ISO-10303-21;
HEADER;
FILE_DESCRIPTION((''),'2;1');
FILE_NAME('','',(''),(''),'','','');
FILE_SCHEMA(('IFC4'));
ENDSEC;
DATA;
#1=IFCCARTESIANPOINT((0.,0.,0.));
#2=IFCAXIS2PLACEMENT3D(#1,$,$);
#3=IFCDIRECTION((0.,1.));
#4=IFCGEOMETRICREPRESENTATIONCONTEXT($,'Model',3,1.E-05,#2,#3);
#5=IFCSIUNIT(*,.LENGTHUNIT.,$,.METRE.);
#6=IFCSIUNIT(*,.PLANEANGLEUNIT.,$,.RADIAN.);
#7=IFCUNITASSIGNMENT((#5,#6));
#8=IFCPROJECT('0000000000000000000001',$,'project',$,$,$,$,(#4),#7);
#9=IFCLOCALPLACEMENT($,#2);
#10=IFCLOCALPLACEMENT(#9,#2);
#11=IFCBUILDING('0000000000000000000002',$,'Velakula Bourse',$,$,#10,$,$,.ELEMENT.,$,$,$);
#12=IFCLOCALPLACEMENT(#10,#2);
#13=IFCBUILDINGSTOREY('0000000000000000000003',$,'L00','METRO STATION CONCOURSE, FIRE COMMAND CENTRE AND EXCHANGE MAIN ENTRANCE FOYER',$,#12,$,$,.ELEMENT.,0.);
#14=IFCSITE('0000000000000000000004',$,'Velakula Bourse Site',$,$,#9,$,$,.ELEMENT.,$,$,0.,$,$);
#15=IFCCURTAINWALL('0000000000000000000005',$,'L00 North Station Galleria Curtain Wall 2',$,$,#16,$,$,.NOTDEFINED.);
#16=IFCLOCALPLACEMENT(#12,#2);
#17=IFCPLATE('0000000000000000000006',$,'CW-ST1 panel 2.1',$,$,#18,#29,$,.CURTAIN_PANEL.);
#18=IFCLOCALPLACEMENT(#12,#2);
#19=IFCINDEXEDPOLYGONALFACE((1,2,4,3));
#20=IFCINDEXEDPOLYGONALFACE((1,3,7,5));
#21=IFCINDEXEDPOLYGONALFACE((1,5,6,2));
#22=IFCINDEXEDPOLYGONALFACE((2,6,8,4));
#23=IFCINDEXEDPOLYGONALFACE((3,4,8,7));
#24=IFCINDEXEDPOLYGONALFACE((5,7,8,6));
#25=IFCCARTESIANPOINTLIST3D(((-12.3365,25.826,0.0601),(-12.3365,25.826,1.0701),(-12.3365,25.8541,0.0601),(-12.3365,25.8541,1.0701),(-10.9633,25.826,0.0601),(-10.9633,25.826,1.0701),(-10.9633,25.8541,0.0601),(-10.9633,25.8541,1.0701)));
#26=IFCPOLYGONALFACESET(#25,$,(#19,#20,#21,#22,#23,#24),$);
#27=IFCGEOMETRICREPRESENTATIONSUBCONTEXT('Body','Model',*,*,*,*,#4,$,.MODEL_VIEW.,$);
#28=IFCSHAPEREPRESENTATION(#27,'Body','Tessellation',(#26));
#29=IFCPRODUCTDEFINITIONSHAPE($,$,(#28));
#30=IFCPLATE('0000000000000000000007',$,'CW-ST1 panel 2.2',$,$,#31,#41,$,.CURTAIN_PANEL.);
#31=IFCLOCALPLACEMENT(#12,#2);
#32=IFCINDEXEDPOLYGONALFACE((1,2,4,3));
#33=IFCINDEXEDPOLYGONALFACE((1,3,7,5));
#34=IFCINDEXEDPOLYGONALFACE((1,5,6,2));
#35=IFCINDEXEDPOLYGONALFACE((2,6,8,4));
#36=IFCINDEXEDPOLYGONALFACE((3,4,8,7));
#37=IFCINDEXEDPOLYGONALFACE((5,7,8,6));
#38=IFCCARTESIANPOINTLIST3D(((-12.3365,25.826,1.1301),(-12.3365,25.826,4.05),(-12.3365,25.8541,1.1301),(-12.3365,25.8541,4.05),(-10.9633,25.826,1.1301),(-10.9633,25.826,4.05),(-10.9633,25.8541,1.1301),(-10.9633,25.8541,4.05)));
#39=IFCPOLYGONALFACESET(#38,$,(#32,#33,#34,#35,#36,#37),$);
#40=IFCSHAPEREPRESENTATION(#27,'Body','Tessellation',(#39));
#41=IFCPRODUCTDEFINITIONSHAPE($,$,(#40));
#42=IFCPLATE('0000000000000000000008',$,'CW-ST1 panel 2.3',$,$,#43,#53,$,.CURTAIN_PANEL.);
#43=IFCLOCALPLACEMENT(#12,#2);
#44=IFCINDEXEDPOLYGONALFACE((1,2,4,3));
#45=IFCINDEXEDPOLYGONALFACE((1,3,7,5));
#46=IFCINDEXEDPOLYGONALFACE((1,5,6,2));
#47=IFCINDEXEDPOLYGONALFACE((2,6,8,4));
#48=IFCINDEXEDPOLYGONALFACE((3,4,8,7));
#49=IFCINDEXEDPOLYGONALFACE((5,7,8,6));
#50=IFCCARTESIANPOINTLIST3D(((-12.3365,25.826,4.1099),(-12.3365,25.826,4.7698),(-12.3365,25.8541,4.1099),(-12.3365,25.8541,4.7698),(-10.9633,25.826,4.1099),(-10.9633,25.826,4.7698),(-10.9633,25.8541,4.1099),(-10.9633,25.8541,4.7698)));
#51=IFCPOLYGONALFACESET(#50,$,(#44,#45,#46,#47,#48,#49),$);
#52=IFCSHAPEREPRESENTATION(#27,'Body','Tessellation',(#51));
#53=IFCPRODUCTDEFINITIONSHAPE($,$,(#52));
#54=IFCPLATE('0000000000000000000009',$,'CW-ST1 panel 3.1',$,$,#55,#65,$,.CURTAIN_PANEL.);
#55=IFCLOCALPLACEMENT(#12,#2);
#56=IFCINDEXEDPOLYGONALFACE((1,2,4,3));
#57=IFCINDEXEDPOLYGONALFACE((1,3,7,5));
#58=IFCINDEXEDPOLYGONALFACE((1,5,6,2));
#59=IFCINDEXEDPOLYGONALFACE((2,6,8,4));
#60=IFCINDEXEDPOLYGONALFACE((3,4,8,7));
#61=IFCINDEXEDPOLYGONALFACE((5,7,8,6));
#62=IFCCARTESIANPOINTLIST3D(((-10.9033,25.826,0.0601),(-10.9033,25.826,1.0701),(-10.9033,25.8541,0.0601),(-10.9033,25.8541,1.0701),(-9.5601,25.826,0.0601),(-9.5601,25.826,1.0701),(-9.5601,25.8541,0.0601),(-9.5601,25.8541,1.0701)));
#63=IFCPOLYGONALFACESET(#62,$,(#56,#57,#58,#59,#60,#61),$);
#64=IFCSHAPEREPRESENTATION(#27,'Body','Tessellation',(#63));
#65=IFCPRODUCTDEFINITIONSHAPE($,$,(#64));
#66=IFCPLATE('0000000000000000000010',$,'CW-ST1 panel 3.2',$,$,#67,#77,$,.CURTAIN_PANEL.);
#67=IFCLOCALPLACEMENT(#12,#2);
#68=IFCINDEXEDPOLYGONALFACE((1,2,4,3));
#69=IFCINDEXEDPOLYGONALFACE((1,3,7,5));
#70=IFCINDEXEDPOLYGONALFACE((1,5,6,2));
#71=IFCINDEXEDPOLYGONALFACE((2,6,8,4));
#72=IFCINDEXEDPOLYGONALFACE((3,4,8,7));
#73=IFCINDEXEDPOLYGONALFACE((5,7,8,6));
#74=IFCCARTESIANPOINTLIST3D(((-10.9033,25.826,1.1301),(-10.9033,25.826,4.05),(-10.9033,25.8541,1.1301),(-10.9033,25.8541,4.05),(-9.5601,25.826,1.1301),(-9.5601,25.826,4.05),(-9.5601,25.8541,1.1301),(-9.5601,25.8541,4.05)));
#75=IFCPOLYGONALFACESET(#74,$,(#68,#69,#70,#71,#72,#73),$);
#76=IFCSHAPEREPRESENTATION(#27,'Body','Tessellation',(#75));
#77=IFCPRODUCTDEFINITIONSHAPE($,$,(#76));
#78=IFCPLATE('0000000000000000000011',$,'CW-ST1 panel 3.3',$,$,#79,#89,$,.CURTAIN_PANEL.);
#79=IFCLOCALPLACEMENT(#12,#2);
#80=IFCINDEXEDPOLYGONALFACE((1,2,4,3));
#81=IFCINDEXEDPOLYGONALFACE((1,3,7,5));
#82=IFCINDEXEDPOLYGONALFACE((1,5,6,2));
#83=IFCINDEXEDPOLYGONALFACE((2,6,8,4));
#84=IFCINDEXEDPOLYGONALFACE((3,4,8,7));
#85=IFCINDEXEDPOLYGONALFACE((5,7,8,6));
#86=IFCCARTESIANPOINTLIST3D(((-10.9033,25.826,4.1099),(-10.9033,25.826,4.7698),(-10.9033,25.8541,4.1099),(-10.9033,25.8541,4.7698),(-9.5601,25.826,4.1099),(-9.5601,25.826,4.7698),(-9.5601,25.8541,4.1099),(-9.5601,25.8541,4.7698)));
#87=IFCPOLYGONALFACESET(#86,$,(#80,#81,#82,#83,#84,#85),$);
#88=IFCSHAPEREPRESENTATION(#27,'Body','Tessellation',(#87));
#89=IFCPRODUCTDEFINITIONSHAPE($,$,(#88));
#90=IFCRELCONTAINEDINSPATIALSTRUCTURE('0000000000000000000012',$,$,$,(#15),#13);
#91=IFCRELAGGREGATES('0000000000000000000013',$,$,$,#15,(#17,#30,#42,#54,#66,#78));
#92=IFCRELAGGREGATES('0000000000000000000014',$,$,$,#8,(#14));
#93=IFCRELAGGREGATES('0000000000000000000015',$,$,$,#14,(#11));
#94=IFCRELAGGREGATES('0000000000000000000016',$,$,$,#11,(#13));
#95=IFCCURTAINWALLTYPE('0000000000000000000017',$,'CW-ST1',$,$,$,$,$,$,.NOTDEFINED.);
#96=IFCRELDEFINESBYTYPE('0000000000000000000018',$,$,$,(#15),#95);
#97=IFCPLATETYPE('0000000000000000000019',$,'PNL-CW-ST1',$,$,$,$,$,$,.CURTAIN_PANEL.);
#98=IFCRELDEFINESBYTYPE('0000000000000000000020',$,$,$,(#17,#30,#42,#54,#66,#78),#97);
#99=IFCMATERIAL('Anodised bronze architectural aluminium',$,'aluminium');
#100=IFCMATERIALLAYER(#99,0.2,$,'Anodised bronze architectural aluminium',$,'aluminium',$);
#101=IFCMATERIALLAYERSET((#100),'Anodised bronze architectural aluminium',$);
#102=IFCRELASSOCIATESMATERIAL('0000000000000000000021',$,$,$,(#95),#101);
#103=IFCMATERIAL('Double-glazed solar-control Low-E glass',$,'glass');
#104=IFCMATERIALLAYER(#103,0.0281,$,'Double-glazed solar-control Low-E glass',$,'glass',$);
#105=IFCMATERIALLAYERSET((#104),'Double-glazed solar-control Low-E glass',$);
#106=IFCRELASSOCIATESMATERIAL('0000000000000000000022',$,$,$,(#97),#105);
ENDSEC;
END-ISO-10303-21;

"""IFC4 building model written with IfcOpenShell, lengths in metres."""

from ifc_helpers import new_model, si_unit, direction, frame, origin, origin_2d, place, context, subcontext, project, spatial, rectangle, extrude, material, layer, layer_set, type_object, element, aggregate, save


model = new_model("IFC4")

# Units and contexts
model_context = context("Model", 3, precision=1e-05, world=origin(), true_north=direction((0.0, 1.0)))
body_context = subcontext(model_context, "Body", "Model", "MODEL_VIEW")
ifc_project = project(units=[si_unit("LENGTHUNIT", "METRE"), si_unit("PLANEANGLEUNIT", "RADIAN")], contexts=[model_context])

# Site, building, storey
site_placement = place(None, origin())
site = spatial("IfcSite", under=ifc_project, at=site_placement, Name="Velakula Bourse Site", CompositionType="ELEMENT", RefElevation=0.0)
building_placement = place(site_placement, origin())
building = spatial("IfcBuilding", under=site, at=building_placement, Name="Velakula Bourse", CompositionType="ELEMENT")
storey_placement = place(building_placement, origin())
storey = spatial("IfcBuildingStorey", under=building, at=storey_placement, Name="L00", Description="METRO STATION CONCOURSE, FIRE COMMAND CENTRE AND EXCHANGE MAIN ENTRANCE FOYER", CompositionType="ELEMENT", Elevation=0.0)

# Curtain wall, plates
ifc_material_1 = material(Name="Anodised bronze architectural aluminium", Category="aluminium")
ifc_layer_1 = layer(ifc_material_1, 0.2, Name="Anodised bronze architectural aluminium", Category="aluminium")
ifc_layer_set_1 = layer_set([ifc_layer_1], Name="Anodised bronze architectural aluminium")
curtain_wall_type = type_object("IfcCurtainWallType", Name="CW-ST1", PredefinedType="NOTDEFINED", material=ifc_layer_set_1)
curtain_wall_placement = place(storey_placement, origin())
curtain_wall = element("IfcCurtainWall", 1, at=curtain_wall_placement, inside=storey, type_object=curtain_wall_type, Name="L00 North Station Galleria Curtain Wall 2", PredefinedType="NOTDEFINED")
ifc_material_2 = material(Name="Double-glazed solar-control Low-E glass", Category="glass")
ifc_layer_2 = layer(ifc_material_2, 0.0281, Name="Double-glazed solar-control Low-E glass", Category="glass")
ifc_layer_set_2 = layer_set([ifc_layer_2], Name="Double-glazed solar-control Low-E glass")
plate_type = type_object("IfcPlateType", Name="PNL-CW-ST1", PredefinedType="CURTAIN_PANEL", material=ifc_layer_set_2)
plate_1_placement = place(storey_placement, frame((-11.6499, 25.8401, 0.0601), z_axis=(0.0, 0.0, 1.0), x_axis=(1.0, 0.0, 0.0)))
plate_1 = element("IfcPlate", 2, at=plate_1_placement, type_object=plate_type, Name="CW-ST1 panel 2.1", PredefinedType="CURTAIN_PANEL", context=body_context, shape_type="SweptSolid", body=[
    extrude(rectangle(XDim=1.3733, YDim=0.0281, at=origin_2d()), origin(), (0.0, 0.0, 1.0), 1.01),
])
plate_2_placement = place(storey_placement, frame((-11.6499, 25.8401, 1.1301), z_axis=(0.0, 0.0, 1.0), x_axis=(1.0, 0.0, 0.0)))
plate_2 = element("IfcPlate", 3, at=plate_2_placement, type_object=plate_type, Name="CW-ST1 panel 2.2", PredefinedType="CURTAIN_PANEL", context=body_context, shape_type="SweptSolid", body=[
    extrude(rectangle(XDim=1.3733, YDim=0.0281, at=origin_2d()), origin(), (0.0, 0.0, 1.0), 2.9199),
])
plate_3_placement = place(storey_placement, frame((-11.6499, 25.8401, 4.1099), z_axis=(0.0, 0.0, 1.0), x_axis=(1.0, 0.0, 0.0)))
plate_3 = element("IfcPlate", 4, at=plate_3_placement, type_object=plate_type, Name="CW-ST1 panel 2.3", PredefinedType="CURTAIN_PANEL", context=body_context, shape_type="SweptSolid", body=[
    extrude(rectangle(XDim=1.3733, YDim=0.0281, at=origin_2d()), origin(), (0.0, 0.0, 1.0), 0.6599),
])
plate_4_placement = place(storey_placement, frame((-10.2317, 25.8401, 0.0601), z_axis=(0.0, 0.0, 1.0), x_axis=(1.0, 0.0, 0.0)))
plate_4 = element("IfcPlate", 5, at=plate_4_placement, type_object=plate_type, Name="CW-ST1 panel 3.1", PredefinedType="CURTAIN_PANEL", context=body_context, shape_type="SweptSolid", body=[
    extrude(rectangle(XDim=1.3433, YDim=0.0281, at=origin_2d()), origin(), (0.0, 0.0, 1.0), 1.01),
])
plate_5_placement = place(storey_placement, frame((-10.2317, 25.8401, 1.1301), z_axis=(0.0, 0.0, 1.0), x_axis=(1.0, 0.0, 0.0)))
plate_5 = element("IfcPlate", 6, at=plate_5_placement, type_object=plate_type, Name="CW-ST1 panel 3.2", PredefinedType="CURTAIN_PANEL", context=body_context, shape_type="SweptSolid", body=[
    extrude(rectangle(XDim=1.3433, YDim=0.0281, at=origin_2d()), origin(), (0.0, 0.0, 1.0), 2.9199),
])
plate_6_placement = place(storey_placement, frame((-10.2317, 25.8401, 4.1099), z_axis=(0.0, 0.0, 1.0), x_axis=(1.0, 0.0, 0.0)))
plate_6 = element("IfcPlate", 7, at=plate_6_placement, type_object=plate_type, Name="CW-ST1 panel 3.3", PredefinedType="CURTAIN_PANEL", context=body_context, shape_type="SweptSolid", body=[
    extrude(rectangle(XDim=1.3433, YDim=0.0281, at=origin_2d()), origin(), (0.0, 0.0, 1.0), 0.6599),
])
aggregate(curtain_wall, [plate_1, plate_2, plate_3, plate_4, plate_5, plate_6])

save(model, "model.ifc")
